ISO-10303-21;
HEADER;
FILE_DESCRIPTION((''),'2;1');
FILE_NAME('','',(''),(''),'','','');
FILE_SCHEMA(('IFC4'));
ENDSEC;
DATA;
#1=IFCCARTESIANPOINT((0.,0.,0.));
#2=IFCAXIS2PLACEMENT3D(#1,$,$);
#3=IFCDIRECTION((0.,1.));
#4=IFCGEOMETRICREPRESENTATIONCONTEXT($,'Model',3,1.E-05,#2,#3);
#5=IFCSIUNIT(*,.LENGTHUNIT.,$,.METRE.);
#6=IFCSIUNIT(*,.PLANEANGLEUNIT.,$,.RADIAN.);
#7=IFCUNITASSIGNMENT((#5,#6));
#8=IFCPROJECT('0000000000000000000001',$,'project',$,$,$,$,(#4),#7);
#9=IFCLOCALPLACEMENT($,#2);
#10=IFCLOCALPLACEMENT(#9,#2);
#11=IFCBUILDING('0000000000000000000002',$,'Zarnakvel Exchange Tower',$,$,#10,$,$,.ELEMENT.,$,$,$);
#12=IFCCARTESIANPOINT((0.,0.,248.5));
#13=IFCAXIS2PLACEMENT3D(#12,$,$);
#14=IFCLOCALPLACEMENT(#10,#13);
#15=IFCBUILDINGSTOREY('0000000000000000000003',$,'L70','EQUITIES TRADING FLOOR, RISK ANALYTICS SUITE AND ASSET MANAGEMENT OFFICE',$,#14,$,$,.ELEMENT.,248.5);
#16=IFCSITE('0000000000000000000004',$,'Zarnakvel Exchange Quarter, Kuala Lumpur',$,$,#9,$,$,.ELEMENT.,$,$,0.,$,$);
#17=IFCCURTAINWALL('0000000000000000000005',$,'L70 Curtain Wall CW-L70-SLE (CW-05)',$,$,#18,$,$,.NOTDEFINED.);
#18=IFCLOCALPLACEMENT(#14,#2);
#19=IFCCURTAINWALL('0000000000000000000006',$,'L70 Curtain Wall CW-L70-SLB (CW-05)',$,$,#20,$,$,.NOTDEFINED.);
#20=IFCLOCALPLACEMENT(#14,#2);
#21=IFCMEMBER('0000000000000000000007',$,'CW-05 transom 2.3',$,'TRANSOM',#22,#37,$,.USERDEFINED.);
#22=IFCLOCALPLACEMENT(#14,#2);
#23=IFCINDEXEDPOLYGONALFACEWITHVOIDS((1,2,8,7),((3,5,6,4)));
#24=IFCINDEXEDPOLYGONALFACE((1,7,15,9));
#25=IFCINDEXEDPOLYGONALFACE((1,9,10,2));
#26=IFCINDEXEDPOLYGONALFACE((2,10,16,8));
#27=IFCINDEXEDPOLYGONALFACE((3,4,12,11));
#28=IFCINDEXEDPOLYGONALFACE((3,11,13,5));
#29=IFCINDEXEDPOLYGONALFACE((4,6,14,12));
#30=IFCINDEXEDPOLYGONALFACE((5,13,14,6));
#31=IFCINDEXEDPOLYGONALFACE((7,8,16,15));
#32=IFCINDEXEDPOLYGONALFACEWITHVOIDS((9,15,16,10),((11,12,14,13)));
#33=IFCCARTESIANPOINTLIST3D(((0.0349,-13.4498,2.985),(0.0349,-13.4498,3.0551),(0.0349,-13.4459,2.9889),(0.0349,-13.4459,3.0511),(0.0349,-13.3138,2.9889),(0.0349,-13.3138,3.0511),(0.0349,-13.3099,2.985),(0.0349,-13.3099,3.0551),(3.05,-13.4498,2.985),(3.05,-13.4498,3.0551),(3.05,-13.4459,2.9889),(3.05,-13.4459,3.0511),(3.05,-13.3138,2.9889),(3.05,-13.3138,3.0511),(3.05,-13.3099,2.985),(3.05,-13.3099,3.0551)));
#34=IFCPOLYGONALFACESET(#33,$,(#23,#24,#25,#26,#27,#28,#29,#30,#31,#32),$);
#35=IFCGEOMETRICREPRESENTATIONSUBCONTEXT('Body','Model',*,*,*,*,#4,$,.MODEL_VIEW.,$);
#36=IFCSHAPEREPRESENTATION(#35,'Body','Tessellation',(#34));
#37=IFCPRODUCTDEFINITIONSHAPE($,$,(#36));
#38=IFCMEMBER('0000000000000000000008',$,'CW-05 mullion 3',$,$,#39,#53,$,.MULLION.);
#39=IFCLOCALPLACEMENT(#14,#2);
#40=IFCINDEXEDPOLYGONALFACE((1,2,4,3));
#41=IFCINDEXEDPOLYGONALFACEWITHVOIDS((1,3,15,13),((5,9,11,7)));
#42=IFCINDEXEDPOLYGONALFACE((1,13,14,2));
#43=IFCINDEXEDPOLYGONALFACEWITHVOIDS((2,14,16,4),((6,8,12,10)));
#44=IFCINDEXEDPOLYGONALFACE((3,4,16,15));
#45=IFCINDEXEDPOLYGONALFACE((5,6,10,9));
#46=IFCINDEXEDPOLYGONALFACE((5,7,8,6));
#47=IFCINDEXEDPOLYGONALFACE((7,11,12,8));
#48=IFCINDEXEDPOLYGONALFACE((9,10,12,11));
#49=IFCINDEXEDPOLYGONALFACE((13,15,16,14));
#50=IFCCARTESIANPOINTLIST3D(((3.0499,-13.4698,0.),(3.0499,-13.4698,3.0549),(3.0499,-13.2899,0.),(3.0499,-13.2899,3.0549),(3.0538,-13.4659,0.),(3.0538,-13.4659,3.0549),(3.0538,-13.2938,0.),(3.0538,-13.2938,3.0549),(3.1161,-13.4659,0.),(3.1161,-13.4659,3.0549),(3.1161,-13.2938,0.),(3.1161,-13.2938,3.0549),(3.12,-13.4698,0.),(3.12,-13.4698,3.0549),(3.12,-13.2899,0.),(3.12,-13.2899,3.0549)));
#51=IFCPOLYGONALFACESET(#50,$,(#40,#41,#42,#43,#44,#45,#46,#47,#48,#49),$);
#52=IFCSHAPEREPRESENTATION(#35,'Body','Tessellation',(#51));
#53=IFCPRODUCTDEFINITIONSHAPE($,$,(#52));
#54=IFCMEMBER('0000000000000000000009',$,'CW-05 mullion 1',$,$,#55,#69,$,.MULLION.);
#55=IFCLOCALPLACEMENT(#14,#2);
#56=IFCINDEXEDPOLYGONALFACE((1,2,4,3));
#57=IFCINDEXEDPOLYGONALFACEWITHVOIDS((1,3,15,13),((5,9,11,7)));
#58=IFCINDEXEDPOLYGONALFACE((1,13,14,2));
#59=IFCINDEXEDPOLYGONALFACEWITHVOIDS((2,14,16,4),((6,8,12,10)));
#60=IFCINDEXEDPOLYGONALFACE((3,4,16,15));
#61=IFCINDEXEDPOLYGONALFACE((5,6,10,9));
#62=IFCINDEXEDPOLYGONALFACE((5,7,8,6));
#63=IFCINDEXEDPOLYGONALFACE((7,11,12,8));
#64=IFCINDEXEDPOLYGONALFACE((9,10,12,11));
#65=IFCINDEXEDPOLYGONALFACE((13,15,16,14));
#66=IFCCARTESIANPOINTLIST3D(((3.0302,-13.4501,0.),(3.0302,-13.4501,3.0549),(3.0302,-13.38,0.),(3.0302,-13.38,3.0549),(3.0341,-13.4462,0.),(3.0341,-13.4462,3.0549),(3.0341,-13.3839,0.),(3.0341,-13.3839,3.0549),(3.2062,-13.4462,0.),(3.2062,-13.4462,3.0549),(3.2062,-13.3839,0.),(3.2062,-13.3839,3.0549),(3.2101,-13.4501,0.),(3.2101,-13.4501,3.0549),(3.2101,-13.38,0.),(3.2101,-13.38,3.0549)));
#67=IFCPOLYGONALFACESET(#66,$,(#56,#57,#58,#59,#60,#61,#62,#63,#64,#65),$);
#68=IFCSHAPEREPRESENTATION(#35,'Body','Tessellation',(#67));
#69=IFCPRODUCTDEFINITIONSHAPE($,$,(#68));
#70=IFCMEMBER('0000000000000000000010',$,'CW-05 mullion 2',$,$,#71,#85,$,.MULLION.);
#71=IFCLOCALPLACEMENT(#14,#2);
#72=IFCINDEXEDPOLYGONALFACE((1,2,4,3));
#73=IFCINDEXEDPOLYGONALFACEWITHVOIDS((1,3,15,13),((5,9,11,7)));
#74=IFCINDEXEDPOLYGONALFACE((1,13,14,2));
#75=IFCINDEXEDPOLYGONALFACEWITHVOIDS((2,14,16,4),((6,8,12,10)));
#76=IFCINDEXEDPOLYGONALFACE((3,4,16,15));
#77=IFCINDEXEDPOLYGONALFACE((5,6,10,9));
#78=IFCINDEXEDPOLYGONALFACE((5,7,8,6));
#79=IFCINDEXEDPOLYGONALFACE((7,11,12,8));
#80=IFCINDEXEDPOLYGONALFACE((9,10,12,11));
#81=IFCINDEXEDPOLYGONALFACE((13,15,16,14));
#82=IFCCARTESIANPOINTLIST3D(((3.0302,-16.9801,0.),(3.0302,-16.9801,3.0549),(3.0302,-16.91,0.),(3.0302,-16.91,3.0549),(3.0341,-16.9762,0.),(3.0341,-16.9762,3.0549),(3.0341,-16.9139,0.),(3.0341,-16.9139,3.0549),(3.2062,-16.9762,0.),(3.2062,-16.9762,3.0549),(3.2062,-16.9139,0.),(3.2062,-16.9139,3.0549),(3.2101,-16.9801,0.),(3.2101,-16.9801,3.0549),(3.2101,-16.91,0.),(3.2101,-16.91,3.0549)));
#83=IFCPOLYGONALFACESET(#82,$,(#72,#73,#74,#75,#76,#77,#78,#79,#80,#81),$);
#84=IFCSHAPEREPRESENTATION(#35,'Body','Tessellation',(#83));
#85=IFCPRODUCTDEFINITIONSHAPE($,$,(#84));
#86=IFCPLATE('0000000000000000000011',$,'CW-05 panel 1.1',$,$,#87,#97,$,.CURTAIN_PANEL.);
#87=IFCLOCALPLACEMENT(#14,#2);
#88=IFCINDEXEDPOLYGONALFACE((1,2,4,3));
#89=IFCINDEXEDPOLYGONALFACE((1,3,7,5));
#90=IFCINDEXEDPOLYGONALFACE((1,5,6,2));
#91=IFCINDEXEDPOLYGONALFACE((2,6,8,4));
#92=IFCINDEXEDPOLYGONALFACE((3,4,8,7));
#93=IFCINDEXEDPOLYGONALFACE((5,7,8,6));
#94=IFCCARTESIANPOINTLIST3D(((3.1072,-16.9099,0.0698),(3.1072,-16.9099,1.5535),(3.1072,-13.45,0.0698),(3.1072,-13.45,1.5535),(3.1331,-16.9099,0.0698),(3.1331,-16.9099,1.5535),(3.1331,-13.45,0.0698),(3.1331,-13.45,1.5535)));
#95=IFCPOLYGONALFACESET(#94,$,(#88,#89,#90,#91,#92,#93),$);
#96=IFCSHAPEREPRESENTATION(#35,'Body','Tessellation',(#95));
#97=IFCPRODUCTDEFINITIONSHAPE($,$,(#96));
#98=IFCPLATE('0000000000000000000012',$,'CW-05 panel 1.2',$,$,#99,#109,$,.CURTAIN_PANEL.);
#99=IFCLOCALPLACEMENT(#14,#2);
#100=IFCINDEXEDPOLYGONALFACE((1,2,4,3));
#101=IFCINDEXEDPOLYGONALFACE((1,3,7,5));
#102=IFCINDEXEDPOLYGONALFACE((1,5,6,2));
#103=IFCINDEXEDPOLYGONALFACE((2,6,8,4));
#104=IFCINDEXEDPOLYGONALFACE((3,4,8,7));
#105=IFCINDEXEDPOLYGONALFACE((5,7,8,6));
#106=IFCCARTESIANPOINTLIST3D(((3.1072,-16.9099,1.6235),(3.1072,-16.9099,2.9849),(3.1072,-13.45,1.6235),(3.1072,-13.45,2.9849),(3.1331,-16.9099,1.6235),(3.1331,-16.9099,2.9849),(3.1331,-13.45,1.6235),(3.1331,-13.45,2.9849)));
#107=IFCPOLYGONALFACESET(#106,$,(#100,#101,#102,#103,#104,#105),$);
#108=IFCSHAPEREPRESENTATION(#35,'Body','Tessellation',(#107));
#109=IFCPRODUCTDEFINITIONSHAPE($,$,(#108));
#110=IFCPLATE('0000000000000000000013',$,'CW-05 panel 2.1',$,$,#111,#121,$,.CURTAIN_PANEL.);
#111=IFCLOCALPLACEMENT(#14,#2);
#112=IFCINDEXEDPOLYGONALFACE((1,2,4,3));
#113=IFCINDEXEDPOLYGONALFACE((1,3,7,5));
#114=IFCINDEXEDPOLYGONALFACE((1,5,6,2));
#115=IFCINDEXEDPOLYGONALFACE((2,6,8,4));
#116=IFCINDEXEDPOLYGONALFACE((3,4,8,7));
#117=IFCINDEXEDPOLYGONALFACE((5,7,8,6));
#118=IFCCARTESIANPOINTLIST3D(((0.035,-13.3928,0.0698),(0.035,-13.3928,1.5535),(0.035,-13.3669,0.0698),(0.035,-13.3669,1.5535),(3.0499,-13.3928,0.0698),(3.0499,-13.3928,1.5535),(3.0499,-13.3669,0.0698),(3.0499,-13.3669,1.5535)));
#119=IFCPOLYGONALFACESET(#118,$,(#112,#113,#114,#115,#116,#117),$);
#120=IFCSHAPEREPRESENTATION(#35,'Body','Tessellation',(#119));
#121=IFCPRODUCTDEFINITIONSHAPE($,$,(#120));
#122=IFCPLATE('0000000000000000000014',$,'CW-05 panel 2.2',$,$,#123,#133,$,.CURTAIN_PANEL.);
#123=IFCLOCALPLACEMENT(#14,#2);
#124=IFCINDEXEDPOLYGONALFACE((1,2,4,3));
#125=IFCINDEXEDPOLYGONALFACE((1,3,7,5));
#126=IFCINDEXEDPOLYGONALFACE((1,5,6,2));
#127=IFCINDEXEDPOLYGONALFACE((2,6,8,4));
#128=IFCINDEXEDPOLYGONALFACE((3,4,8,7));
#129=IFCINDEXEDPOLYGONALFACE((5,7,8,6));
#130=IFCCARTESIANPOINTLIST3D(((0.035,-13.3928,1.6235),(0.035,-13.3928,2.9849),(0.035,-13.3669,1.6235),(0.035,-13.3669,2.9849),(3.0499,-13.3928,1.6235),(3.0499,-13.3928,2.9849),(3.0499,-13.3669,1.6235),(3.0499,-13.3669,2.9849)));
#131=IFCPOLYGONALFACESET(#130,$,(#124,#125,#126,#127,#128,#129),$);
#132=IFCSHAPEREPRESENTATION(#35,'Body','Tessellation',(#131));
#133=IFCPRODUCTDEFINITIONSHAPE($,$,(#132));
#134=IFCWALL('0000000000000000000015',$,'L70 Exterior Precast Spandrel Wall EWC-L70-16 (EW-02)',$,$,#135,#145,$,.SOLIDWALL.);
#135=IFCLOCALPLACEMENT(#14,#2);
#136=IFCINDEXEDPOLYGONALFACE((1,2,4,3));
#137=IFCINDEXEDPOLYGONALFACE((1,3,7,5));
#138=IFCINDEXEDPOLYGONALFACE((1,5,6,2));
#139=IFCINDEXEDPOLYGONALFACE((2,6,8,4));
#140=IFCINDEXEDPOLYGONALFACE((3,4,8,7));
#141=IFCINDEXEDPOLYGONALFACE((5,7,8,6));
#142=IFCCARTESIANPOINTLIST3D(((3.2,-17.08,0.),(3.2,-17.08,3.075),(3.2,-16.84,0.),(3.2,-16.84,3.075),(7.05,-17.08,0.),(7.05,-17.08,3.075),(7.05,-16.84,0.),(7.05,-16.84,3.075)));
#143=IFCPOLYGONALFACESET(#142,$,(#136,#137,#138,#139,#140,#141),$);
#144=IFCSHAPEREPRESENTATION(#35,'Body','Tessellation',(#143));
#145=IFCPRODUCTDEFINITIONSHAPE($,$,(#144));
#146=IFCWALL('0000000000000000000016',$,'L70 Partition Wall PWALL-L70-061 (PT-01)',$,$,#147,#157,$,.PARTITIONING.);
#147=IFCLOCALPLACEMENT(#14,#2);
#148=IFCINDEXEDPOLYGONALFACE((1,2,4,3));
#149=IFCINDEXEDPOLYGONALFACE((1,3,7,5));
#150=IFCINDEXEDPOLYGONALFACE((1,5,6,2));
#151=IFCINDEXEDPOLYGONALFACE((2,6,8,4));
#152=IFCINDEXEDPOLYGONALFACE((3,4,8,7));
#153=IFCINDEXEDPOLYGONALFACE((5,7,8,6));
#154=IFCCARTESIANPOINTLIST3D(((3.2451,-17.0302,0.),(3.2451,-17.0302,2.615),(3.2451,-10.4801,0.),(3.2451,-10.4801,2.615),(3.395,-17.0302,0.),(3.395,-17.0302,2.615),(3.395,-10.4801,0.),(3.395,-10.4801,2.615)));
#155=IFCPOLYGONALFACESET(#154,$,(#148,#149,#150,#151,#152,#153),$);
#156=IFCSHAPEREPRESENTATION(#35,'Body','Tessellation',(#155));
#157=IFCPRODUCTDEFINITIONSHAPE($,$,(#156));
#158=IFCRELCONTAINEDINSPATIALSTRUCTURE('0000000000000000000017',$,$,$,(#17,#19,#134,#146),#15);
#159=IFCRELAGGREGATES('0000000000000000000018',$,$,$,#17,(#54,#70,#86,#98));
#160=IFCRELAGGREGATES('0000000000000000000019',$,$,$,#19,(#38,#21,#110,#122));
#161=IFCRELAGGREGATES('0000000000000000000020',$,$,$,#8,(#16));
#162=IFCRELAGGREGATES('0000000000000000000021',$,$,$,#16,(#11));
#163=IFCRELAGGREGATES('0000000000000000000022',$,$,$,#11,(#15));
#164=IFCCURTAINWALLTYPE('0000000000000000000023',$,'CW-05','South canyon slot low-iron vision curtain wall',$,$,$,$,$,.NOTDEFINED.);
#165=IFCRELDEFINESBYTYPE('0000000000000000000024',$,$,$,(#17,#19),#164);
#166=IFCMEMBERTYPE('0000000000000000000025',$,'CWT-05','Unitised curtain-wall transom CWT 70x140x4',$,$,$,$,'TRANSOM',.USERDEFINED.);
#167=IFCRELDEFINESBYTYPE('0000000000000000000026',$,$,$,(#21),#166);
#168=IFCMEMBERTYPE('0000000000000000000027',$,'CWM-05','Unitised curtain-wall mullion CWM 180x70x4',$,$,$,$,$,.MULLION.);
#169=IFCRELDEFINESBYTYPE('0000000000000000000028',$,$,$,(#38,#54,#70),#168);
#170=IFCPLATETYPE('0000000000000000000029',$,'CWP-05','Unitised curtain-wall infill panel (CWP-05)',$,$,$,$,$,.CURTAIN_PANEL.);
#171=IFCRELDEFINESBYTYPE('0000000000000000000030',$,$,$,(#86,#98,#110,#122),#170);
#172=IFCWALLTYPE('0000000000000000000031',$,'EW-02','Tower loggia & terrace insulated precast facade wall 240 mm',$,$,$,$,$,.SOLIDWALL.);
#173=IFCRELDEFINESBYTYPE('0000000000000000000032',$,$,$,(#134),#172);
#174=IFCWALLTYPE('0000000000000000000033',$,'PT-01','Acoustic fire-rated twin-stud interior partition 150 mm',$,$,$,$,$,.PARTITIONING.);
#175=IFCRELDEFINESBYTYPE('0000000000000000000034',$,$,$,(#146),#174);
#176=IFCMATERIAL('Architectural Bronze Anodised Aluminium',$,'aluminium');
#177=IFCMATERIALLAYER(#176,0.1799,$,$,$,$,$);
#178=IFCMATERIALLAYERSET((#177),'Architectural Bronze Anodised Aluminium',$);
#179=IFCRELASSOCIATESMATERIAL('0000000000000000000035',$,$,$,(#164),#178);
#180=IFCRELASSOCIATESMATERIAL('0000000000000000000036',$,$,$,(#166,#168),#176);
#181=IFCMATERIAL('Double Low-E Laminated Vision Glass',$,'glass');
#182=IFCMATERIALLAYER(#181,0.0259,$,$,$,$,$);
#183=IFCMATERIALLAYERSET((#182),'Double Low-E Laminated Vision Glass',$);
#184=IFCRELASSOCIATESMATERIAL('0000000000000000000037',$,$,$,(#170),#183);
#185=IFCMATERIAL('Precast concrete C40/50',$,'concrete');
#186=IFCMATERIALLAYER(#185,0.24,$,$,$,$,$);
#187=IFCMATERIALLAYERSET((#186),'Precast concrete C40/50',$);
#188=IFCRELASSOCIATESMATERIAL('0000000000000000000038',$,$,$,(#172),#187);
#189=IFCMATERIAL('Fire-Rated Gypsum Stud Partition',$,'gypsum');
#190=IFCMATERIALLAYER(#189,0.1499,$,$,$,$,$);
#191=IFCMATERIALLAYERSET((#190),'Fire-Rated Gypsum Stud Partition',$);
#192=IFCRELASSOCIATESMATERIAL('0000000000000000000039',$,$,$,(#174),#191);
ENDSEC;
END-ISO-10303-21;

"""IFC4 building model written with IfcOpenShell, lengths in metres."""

from ifc_helpers import new_model, si_unit, direction, frame, frame_2d, origin, origin_2d, place, context, subcontext, project, spatial, rectangle, hollow_rectangle, extrude, source, transform, mapped, material, layer, layer_set, material_profile, profile_set, type_object, element, aggregate, save


model = new_model("IFC4")

# Units and contexts
model_context = context("Model", 3, precision=1e-05, world=origin(), true_north=direction((0.0, 1.0)))
body_context = subcontext(model_context, "Body", "Model", "MODEL_VIEW")
ifc_project = project(units=[si_unit("LENGTHUNIT", "METRE"), si_unit("PLANEANGLEUNIT", "RADIAN")], contexts=[model_context])

# Site, building, storey
site_placement = place(None, origin())
site = spatial("IfcSite", under=ifc_project, at=site_placement, Name="Zarnakvel Exchange Quarter, Kuala Lumpur", CompositionType="ELEMENT", RefElevation=0.0)
building_placement = place(site_placement, origin())
building = spatial("IfcBuilding", under=site, at=building_placement, Name="Zarnakvel Exchange Tower", CompositionType="ELEMENT")
storey_placement = place(building_placement, frame((0.0, 0.0, 248.5)))
storey = spatial("IfcBuildingStorey", under=building, at=storey_placement, Name="L70", Description="EQUITIES TRADING FLOOR, RISK ANALYTICS SUITE AND ASSET MANAGEMENT OFFICE", CompositionType="ELEMENT", Elevation=248.5)

# Curtain walls, members
ifc_material_1 = material(Name="Architectural Bronze Anodised Aluminium", Category="aluminium")
ifc_layer_1 = layer(ifc_material_1, 0.1799)
ifc_layer_set_1 = layer_set([ifc_layer_1], Name="Architectural Bronze Anodised Aluminium")
curtain_wall_type = type_object("IfcCurtainWallType", Name="CW-05", Description="South canyon slot low-iron vision curtain wall", PredefinedType="NOTDEFINED", material=ifc_layer_set_1)
curtain_wall_1_placement = place(storey_placement, origin())
curtain_wall_1 = element("IfcCurtainWall", 1, at=curtain_wall_1_placement, inside=storey, type_object=curtain_wall_type, Name="L70 Curtain Wall CW-L70-SLE (CW-05)", PredefinedType="NOTDEFINED")
ifc_material_profile_1 = material_profile(ifc_material_1, hollow_rectangle(XDim=0.1399, YDim=0.0701, WallThickness=0.0039, at=origin_2d()))
ifc_profile_set_1 = profile_set([ifc_material_profile_1], Name="Architectural Bronze Anodised Aluminium")
member_type_1 = type_object("IfcMemberType", Name="CWT-05", Description="Unitised curtain-wall transom CWT 70x140x4", ElementType="TRANSOM", PredefinedType="USERDEFINED", material=ifc_profile_set_1)
curtain_wall_2_placement = place(storey_placement, origin())
curtain_wall_2 = element("IfcCurtainWall", 2, at=curtain_wall_2_placement, inside=storey, type_object=curtain_wall_type, Name="L70 Curtain Wall CW-L70-SLB (CW-05)", PredefinedType="NOTDEFINED")
shared_shape_1 = source(origin(), body_context, "Body", "SweptSolid", [
    extrude(hollow_rectangle(XDim=0.1399, YDim=0.0701, WallThickness=0.0039, at=origin_2d()), origin(), (0.0, 0.0, 1.0), 3.0151),
])
member_1_placement = place(storey_placement, frame((0.0349, -13.3799, 3.02), z_axis=(1.0, 0.0, 0.0), x_axis=(0.0, 1.0, 0.0)))
member_1 = element("IfcMember", 3, at=member_1_placement, type_object=member_type_1, Name="CW-05 transom 2.3", ObjectType="TRANSOM", PredefinedType="USERDEFINED", context=body_context, shape_type="MappedRepresentation", body=[
    mapped(shared_shape_1, transform((0.0, 0.0, 0.0), x_axis=(1.0, 0.0, 0.0), y_axis=(0.0, 1.0, 0.0), z_axis=(0.0, 0.0, 1.0), scale=1.0)),
])
ifc_material_profile_2 = material_profile(ifc_material_1, hollow_rectangle(XDim=0.1799, YDim=0.0701, WallThickness=0.0039, at=origin_2d()))
ifc_profile_set_2 = profile_set([ifc_material_profile_2], Name="Architectural Bronze Anodised Aluminium")
member_type_2 = type_object("IfcMemberType", Name="CWM-05", Description="Unitised curtain-wall mullion CWM 180x70x4", PredefinedType="MULLION", material=ifc_profile_set_2)
shared_shape_2 = source(origin(), body_context, "Body", "SweptSolid", [
    extrude(hollow_rectangle(XDim=0.1799, YDim=0.0701, WallThickness=0.0039, at=origin_2d()), origin(), (0.0, 0.0, 1.0), 3.0549),
])
member_2_placement = place(storey_placement, frame((3.085, -13.3799, 0.0), z_axis=(0.0, 0.0, 1.0), x_axis=(0.0, 1.0, 0.0)))
member_2 = element("IfcMember", 4, at=member_2_placement, type_object=member_type_2, Name="CW-05 mullion 3", PredefinedType="MULLION", context=body_context, shape_type="MappedRepresentation", body=[
    mapped(shared_shape_2, transform((0.0, 0.0, 0.0), x_axis=(1.0, 0.0, 0.0), y_axis=(0.0, 1.0, 0.0), z_axis=(0.0, 0.0, 1.0), scale=1.0)),
])

# Members
member_3_placement = place(storey_placement, frame((3.1201, -13.415, 0.0), z_axis=(0.0, 0.0, 1.0), x_axis=(1.0, 0.0, 0.0)))
member_3 = element("IfcMember", 5, at=member_3_placement, type_object=member_type_2, Name="CW-05 mullion 1", PredefinedType="MULLION", context=body_context, shape_type="MappedRepresentation", body=[
    mapped(shared_shape_2, transform((0.0, 0.0, 0.0), x_axis=(1.0, 0.0, 0.0), y_axis=(0.0, 1.0, 0.0), z_axis=(0.0, 0.0, 1.0), scale=1.0)),
])
member_4_placement = place(storey_placement, frame((3.1201, -16.9451, 0.0), z_axis=(0.0, 0.0, 1.0), x_axis=(1.0, 0.0, 0.0)))
member_4 = element("IfcMember", 6, at=member_4_placement, type_object=member_type_2, Name="CW-05 mullion 2", PredefinedType="MULLION", context=body_context, shape_type="MappedRepresentation", body=[
    mapped(shared_shape_2, transform((0.0, 0.0, 0.0), x_axis=(1.0, 0.0, 0.0), y_axis=(0.0, 1.0, 0.0), z_axis=(0.0, 0.0, 1.0), scale=1.0)),
])

# Plates
ifc_material_2 = material(Name="Double Low-E Laminated Vision Glass", Category="glass")
ifc_layer_2 = layer(ifc_material_2, 0.0259)
ifc_layer_set_2 = layer_set([ifc_layer_2], Name="Double Low-E Laminated Vision Glass")
plate_type = type_object("IfcPlateType", Name="CWP-05", Description="Unitised curtain-wall infill panel (CWP-05)", PredefinedType="CURTAIN_PANEL", material=ifc_layer_set_2)
shared_shape_3 = source(origin(), body_context, "Body", "SweptSolid", [
    extrude(rectangle(XDim=3.46, YDim=0.0259, at=origin_2d()), origin(), (0.0, 0.0, 1.0), 1.4836),
])
plate_1_placement = place(storey_placement, frame((3.1201, -15.1799, 0.0698), z_axis=(0.0, 0.0, 1.0), x_axis=(0.0, -1.0, 0.0)))
plate_1 = element("IfcPlate", 7, at=plate_1_placement, type_object=plate_type, Name="CW-05 panel 1.1", PredefinedType="CURTAIN_PANEL", context=body_context, shape_type="MappedRepresentation", body=[
    mapped(shared_shape_3, transform((0.0, 0.0, 0.0), x_axis=(1.0, 0.0, 0.0), y_axis=(0.0, 1.0, 0.0), z_axis=(0.0, 0.0, 1.0), scale=1.0)),
])
shared_shape_4 = source(origin(), body_context, "Body", "SweptSolid", [
    extrude(rectangle(XDim=3.46, YDim=0.0259, at=origin_2d()), origin(), (0.0, 0.0, 1.0), 1.3613),
])
plate_2_placement = place(storey_placement, frame((3.1201, -15.1799, 1.6235), z_axis=(0.0, 0.0, 1.0), x_axis=(0.0, -1.0, 0.0)))
plate_2 = element("IfcPlate", 8, at=plate_2_placement, type_object=plate_type, Name="CW-05 panel 1.2", PredefinedType="CURTAIN_PANEL", context=body_context, shape_type="MappedRepresentation", body=[
    mapped(shared_shape_4, transform((0.0, 0.0, 0.0), x_axis=(1.0, 0.0, 0.0), y_axis=(0.0, 1.0, 0.0), z_axis=(0.0, 0.0, 1.0), scale=1.0)),
])
aggregate(curtain_wall_1, [member_3, member_4, plate_1, plate_2])
shared_shape_5 = source(origin(), body_context, "Body", "SweptSolid", [
    extrude(rectangle(XDim=3.0149, YDim=0.0259, at=origin_2d()), origin(), (0.0, 0.0, 1.0), 1.4836),
])
plate_3_placement = place(storey_placement, frame((1.5425, -13.3799, 0.0698), z_axis=(0.0, 0.0, 1.0), x_axis=(1.0, 0.0, 0.0)))
plate_3 = element("IfcPlate", 9, at=plate_3_placement, type_object=plate_type, Name="CW-05 panel 2.1", PredefinedType="CURTAIN_PANEL", context=body_context, shape_type="MappedRepresentation", body=[
    mapped(shared_shape_5, transform((0.0, 0.0, 0.0), x_axis=(1.0, 0.0, 0.0), y_axis=(0.0, 1.0, 0.0), z_axis=(0.0, 0.0, 1.0), scale=1.0)),
])
shared_shape_6 = source(origin(), body_context, "Body", "SweptSolid", [
    extrude(rectangle(XDim=3.0149, YDim=0.0259, at=origin_2d()), origin(), (0.0, 0.0, 1.0), 1.3613),
])
plate_4_placement = place(storey_placement, frame((1.5425, -13.3799, 1.6235), z_axis=(0.0, 0.0, 1.0), x_axis=(1.0, 0.0, 0.0)))
plate_4 = element("IfcPlate", 10, at=plate_4_placement, type_object=plate_type, Name="CW-05 panel 2.2", PredefinedType="CURTAIN_PANEL", context=body_context, shape_type="MappedRepresentation", body=[
    mapped(shared_shape_6, transform((0.0, 0.0, 0.0), x_axis=(1.0, 0.0, 0.0), y_axis=(0.0, 1.0, 0.0), z_axis=(0.0, 0.0, 1.0), scale=1.0)),
])
aggregate(curtain_wall_2, [member_2, member_1, plate_3, plate_4])

# Walls
ifc_material_3 = material(Name="Precast concrete C40/50", Category="concrete")
ifc_layer_3 = layer(ifc_material_3, 0.24)
ifc_layer_set_3 = layer_set([ifc_layer_3], Name="Precast concrete C40/50")
wall_type_1 = type_object("IfcWallType", Name="EW-02", Description="Tower loggia & terrace insulated precast facade wall 240 mm", PredefinedType="SOLIDWALL", material=ifc_layer_set_3)
wall_1_placement = place(storey_placement, frame((3.2, -16.96, 0.0), z_axis=(0.0, 0.0, 1.0), x_axis=(1.0, 0.0, 0.0)))
element("IfcWall", 11, at=wall_1_placement, inside=storey, type_object=wall_type_1, Name="L70 Exterior Precast Spandrel Wall EWC-L70-16 (EW-02)", PredefinedType="SOLIDWALL", context=body_context, shape_type="SweptSolid", body=[
    extrude(rectangle(XDim=3.8501, YDim=0.24, at=frame_2d((1.925, 0.0))), origin(), (0.0, 0.0, 1.0), 3.075),
])
ifc_material_4 = material(Name="Fire-Rated Gypsum Stud Partition", Category="gypsum")
ifc_layer_4 = layer(ifc_material_4, 0.1499)
ifc_layer_set_4 = layer_set([ifc_layer_4], Name="Fire-Rated Gypsum Stud Partition")
wall_type_2 = type_object("IfcWallType", Name="PT-01", Description="Acoustic fire-rated twin-stud interior partition 150 mm", PredefinedType="PARTITIONING", material=ifc_layer_set_4)
wall_2_placement = place(storey_placement, frame((3.3201, -17.03, 0.0), z_axis=(0.0, 0.0, 1.0), x_axis=(0.0, 1.0, 0.0)))
element("IfcWall", 12, at=wall_2_placement, inside=storey, type_object=wall_type_2, Name="L70 Partition Wall PWALL-L70-061 (PT-01)", PredefinedType="PARTITIONING", context=body_context, shape_type="SweptSolid", body=[
    extrude(rectangle(XDim=6.55, YDim=0.1499, at=frame_2d((3.2749, 0.0))), origin(), (0.0, 0.0, 1.0), 2.615),
])

save(model, "model.ifc")
